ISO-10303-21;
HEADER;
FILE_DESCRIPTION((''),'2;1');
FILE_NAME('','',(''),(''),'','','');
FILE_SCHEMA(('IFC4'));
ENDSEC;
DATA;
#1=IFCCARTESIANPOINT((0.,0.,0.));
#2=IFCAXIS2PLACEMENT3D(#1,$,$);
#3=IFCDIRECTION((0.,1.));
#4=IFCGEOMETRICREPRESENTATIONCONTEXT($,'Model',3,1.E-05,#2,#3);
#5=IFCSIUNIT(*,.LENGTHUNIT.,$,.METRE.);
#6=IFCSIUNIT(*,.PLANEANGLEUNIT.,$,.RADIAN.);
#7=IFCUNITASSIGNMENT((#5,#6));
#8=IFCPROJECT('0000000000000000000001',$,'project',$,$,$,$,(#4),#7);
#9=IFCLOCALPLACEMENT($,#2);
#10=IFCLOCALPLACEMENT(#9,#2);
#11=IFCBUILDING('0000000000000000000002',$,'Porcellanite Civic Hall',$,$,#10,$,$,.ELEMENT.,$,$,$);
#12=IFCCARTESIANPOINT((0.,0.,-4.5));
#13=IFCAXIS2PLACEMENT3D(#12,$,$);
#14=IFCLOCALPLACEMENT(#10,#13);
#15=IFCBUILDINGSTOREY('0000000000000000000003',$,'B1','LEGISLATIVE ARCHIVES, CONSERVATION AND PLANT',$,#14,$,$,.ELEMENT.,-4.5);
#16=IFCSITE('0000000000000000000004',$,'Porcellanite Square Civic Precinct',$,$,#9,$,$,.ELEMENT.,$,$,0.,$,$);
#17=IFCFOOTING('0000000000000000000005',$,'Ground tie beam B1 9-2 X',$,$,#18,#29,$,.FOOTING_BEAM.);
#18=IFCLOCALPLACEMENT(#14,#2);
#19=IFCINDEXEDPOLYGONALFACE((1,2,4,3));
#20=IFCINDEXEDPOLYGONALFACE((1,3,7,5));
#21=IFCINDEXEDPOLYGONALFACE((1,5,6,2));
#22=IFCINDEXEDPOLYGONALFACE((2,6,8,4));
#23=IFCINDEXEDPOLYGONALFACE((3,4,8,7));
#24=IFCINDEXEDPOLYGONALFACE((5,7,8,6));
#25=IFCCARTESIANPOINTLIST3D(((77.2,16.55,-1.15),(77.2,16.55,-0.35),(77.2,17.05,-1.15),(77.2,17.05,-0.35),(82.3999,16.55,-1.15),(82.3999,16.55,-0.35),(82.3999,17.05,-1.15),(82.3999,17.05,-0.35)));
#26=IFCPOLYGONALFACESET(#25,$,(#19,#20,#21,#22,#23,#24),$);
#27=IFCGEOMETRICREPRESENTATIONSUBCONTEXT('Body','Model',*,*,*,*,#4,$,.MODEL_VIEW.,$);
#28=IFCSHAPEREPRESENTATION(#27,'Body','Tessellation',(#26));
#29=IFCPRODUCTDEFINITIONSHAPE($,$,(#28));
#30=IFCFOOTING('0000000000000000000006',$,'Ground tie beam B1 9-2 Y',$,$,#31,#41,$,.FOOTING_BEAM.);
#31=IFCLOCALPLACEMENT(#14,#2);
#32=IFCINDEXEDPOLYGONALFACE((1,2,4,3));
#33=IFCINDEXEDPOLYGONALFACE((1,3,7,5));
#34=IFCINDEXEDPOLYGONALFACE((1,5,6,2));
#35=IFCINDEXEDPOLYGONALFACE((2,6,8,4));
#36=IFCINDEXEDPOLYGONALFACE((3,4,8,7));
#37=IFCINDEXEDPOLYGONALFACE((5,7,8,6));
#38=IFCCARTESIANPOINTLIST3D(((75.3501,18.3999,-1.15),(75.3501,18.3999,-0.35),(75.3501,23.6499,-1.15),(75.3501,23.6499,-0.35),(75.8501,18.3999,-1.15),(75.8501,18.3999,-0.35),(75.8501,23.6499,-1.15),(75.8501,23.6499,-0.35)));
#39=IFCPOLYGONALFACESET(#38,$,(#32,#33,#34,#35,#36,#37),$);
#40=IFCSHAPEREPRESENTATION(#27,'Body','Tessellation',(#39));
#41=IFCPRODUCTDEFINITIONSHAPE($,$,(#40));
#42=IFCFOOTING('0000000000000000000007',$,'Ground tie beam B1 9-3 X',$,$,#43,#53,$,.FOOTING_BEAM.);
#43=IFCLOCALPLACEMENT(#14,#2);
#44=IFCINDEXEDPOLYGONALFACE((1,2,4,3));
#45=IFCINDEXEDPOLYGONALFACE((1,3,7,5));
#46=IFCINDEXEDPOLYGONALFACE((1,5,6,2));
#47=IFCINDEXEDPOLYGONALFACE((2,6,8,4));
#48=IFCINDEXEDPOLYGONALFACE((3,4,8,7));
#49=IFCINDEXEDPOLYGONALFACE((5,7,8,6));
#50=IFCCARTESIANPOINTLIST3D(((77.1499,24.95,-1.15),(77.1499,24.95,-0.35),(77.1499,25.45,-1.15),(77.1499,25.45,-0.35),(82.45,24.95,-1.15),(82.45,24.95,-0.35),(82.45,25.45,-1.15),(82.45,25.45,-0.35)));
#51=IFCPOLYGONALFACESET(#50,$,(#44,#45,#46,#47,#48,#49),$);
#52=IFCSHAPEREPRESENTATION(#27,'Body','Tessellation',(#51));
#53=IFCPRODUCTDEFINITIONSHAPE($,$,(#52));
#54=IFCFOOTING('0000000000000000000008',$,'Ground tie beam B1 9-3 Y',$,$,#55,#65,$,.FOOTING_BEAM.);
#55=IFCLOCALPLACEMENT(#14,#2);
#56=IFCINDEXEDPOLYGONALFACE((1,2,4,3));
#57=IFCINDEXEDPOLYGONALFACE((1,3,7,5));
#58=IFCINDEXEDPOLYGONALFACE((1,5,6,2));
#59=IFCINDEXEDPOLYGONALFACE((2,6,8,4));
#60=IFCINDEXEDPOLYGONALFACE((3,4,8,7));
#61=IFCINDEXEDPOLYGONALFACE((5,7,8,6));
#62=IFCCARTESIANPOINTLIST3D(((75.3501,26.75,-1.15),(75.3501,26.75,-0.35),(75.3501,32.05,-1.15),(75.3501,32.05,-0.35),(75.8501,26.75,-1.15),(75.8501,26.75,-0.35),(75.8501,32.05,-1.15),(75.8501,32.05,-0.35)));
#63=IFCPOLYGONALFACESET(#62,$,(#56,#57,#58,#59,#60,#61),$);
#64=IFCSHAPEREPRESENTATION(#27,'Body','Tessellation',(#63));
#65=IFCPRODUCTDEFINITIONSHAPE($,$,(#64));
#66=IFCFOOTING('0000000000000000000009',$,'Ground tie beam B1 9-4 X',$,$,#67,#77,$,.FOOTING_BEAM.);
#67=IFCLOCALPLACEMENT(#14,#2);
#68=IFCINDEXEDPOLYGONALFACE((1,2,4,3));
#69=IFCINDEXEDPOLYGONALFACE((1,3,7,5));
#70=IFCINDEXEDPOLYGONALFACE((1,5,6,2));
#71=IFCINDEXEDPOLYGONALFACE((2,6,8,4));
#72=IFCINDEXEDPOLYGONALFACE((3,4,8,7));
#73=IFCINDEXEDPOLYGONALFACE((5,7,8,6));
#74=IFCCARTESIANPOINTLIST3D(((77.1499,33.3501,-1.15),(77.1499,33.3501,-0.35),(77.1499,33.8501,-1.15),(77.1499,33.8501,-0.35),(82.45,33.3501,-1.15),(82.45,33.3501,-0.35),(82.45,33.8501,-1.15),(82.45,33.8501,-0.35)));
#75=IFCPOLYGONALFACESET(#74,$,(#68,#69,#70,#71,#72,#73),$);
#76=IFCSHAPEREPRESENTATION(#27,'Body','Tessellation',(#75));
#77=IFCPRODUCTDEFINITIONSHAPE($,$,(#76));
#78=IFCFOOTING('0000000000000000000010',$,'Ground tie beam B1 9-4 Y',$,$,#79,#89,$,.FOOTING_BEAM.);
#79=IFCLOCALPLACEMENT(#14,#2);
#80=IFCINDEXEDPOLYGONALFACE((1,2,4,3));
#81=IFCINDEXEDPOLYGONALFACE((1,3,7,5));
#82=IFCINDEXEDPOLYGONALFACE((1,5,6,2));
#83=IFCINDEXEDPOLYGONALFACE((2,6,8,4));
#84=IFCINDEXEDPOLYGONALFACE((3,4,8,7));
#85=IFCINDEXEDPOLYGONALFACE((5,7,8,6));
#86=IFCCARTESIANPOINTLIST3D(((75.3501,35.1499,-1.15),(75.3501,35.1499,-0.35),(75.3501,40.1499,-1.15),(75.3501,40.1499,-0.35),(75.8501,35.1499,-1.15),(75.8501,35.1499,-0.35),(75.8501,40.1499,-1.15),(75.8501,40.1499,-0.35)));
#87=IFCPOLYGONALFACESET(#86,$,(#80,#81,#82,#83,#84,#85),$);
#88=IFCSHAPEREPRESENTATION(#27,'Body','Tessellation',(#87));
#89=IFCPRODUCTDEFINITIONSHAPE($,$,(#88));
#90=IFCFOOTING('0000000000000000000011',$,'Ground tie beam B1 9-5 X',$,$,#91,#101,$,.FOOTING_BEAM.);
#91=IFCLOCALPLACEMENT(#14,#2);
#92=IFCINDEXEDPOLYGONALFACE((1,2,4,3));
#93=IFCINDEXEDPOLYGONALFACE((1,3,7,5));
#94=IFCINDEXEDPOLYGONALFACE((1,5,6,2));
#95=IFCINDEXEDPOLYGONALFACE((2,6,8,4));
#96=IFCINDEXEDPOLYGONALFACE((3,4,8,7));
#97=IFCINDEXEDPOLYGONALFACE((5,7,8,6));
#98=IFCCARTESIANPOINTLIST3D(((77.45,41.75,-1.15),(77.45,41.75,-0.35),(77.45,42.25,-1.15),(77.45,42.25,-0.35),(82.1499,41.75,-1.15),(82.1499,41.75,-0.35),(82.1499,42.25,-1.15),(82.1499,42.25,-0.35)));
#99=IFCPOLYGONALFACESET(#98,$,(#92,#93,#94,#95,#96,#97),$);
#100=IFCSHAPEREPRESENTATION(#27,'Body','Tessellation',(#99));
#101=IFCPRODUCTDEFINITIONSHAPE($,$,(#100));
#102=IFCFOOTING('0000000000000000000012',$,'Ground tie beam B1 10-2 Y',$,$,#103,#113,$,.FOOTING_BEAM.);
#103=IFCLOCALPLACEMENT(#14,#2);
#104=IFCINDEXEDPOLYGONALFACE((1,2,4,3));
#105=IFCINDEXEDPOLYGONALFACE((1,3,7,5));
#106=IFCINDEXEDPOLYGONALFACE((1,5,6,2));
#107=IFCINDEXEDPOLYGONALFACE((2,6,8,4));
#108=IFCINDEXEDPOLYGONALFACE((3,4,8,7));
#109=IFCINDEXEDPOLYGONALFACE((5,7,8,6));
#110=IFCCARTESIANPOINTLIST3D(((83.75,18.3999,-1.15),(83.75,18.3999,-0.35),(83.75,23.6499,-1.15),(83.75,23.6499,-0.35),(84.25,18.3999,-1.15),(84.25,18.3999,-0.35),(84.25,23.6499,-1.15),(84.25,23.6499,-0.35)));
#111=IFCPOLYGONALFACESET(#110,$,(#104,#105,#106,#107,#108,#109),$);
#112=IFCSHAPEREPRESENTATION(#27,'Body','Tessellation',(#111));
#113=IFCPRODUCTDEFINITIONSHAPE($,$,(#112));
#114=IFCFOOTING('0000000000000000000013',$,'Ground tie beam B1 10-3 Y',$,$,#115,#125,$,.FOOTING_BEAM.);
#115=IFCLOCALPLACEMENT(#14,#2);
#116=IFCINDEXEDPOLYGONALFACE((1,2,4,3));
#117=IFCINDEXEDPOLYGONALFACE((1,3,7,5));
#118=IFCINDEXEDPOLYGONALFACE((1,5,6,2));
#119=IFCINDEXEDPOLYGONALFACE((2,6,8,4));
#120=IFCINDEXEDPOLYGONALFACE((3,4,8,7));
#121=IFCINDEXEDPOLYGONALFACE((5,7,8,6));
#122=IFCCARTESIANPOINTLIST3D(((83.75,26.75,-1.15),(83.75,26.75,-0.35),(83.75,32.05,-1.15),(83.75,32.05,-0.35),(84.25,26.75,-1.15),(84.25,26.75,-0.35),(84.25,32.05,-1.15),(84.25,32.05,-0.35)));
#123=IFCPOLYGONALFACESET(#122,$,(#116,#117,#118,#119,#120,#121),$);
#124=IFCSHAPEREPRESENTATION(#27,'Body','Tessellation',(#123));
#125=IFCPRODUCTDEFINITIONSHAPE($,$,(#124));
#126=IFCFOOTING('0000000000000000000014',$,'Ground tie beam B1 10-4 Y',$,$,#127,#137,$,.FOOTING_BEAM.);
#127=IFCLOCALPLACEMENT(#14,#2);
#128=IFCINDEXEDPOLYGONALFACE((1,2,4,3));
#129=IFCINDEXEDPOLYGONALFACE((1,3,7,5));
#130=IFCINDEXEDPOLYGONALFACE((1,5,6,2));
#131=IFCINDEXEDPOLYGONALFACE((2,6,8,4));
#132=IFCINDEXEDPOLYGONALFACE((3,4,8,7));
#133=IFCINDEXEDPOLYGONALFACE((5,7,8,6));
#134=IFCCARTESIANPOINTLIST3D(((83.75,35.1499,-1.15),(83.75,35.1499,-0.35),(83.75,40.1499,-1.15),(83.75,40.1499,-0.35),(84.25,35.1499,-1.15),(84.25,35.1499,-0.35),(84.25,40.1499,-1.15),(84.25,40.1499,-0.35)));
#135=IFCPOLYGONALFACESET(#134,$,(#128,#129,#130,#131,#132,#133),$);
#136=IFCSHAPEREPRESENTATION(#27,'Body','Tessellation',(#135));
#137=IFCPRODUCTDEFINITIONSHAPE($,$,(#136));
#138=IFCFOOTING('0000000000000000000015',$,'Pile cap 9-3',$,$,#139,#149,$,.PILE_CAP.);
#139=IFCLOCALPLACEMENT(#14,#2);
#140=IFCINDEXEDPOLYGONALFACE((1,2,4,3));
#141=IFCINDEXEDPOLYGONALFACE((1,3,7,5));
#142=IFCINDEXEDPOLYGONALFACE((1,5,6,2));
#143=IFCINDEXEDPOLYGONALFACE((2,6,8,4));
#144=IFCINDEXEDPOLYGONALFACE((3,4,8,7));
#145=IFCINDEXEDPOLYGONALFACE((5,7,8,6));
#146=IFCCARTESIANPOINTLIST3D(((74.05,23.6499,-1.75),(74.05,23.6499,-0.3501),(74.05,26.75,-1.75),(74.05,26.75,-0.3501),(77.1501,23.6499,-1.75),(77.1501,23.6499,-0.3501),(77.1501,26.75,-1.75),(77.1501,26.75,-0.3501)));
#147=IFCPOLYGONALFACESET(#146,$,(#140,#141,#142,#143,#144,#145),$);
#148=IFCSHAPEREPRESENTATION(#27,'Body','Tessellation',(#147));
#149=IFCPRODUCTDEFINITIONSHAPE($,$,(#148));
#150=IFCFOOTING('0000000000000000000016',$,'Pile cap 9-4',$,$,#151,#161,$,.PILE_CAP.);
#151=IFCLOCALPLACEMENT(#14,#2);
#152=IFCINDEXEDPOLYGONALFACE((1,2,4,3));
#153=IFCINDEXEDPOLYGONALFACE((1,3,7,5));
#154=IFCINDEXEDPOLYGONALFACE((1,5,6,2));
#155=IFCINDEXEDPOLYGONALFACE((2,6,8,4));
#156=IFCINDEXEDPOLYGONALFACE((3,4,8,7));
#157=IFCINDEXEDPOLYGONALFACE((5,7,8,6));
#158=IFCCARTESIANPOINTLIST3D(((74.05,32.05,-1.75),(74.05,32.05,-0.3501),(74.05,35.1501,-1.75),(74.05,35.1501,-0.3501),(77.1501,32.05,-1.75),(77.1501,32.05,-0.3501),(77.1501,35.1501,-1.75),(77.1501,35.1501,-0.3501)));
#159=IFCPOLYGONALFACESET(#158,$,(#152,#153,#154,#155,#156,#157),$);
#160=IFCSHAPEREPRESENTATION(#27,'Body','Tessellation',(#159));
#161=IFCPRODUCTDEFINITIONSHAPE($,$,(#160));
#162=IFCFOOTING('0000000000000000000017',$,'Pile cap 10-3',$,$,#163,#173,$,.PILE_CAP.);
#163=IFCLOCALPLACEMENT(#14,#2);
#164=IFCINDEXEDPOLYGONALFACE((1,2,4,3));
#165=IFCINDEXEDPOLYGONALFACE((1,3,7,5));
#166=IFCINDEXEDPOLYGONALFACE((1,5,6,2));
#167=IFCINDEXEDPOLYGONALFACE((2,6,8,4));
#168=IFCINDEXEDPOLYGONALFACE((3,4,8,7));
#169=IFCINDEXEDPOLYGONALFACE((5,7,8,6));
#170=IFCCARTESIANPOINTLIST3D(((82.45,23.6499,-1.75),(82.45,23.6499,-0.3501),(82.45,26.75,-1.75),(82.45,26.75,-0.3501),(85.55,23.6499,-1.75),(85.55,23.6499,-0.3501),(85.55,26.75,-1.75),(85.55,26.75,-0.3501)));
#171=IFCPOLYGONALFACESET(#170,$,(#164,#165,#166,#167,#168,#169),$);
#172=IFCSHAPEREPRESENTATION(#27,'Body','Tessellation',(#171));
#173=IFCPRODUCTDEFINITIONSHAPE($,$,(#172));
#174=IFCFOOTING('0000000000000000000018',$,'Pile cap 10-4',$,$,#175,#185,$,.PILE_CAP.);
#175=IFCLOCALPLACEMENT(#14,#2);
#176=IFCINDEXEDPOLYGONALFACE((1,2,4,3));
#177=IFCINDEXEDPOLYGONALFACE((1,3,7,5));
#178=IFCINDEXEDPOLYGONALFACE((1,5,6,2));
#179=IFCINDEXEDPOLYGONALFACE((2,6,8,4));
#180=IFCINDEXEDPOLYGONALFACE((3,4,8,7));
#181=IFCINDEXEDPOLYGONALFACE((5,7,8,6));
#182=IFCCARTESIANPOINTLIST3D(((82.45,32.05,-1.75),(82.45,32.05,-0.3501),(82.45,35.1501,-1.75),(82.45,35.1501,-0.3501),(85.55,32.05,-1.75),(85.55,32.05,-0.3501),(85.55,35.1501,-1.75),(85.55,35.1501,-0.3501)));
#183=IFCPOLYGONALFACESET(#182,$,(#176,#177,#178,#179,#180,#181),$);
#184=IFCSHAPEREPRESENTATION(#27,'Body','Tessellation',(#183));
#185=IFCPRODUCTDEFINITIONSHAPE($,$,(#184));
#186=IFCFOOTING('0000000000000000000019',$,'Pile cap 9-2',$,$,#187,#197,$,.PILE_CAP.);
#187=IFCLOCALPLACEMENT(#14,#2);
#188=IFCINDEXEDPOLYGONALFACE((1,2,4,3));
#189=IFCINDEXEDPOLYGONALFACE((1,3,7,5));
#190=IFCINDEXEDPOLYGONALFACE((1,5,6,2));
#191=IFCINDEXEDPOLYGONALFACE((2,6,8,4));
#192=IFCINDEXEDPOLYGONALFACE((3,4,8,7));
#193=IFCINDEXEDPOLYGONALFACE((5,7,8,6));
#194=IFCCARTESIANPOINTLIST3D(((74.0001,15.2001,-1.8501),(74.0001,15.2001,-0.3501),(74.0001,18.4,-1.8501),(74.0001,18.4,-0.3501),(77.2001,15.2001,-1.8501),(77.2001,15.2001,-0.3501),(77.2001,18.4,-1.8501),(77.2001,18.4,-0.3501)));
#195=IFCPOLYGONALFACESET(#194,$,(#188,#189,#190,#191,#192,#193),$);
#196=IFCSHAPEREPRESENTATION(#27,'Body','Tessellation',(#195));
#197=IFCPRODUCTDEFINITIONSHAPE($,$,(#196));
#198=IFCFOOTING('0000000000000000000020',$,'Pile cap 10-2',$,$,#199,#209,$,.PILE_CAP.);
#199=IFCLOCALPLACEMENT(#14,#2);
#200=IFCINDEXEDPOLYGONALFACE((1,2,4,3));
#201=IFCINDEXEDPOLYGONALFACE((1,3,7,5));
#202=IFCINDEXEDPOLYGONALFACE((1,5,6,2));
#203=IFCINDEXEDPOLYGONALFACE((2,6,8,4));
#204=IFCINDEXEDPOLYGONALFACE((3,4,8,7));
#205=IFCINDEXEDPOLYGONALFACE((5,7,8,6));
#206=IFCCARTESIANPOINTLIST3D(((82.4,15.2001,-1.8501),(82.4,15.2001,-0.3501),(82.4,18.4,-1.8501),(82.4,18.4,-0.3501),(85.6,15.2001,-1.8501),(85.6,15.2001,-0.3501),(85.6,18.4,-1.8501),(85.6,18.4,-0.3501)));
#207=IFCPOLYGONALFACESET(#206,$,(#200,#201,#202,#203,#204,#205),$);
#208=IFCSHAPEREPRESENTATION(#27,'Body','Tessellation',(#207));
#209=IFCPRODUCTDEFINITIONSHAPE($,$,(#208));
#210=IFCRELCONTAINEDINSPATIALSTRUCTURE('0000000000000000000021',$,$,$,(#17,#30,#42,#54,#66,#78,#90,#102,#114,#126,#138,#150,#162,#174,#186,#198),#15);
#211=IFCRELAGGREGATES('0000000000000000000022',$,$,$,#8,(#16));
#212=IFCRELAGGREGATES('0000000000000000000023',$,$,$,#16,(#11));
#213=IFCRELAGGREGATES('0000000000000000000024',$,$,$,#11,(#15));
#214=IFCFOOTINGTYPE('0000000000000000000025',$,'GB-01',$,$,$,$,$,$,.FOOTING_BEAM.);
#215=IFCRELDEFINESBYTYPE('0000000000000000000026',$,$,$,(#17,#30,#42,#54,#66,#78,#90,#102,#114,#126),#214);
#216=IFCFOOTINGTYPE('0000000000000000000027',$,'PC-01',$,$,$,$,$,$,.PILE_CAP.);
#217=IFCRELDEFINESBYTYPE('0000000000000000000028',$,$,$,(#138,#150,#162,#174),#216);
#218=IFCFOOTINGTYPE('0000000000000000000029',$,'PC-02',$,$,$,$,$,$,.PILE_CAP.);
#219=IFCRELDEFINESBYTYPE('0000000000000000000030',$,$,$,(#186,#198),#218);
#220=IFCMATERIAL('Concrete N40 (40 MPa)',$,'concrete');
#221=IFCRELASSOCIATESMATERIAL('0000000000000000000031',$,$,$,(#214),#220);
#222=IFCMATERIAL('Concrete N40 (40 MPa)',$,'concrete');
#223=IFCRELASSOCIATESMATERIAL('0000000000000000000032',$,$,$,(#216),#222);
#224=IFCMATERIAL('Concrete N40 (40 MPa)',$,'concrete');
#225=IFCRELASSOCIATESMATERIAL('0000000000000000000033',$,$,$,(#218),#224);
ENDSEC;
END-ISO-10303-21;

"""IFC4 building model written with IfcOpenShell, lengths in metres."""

from ifc_helpers import new_model, si_unit, direction, frame, origin, origin_2d, place, context, subcontext, project, spatial, rectangle, extrude, material, material_profile, profile_set, type_object, element, save


model = new_model("IFC4")

# Units and contexts
model_context = context("Model", 3, precision=1e-05, world=origin(), true_north=direction((0.0, 1.0)))
body_context = subcontext(model_context, "Body", "Model", "MODEL_VIEW")
ifc_project = project(units=[si_unit("LENGTHUNIT", "METRE"), si_unit("PLANEANGLEUNIT", "RADIAN")], contexts=[model_context])

# Site, building, storey
site_placement = place(None, origin())
site = spatial("IfcSite", under=ifc_project, at=site_placement, Name="Porcellanite Square Civic Precinct", CompositionType="ELEMENT", RefElevation=0.0)
building_placement = place(site_placement, origin())
building = spatial("IfcBuilding", under=site, at=building_placement, Name="Porcellanite Civic Hall", CompositionType="ELEMENT")
storey_placement = place(building_placement, frame((0.0, 0.0, -4.5)))
storey = spatial("IfcBuildingStorey", under=building, at=storey_placement, Name="B1", Description="LEGISLATIVE ARCHIVES, CONSERVATION AND PLANT", CompositionType="ELEMENT", Elevation=-4.5)

# Footings
ifc_material_1 = material(Name="Concrete N40 (40 MPa)", Category="concrete")
ifc_material_profile_1 = material_profile(ifc_material_1, rectangle(XDim=0.5, YDim=0.8, at=origin_2d()), Name="RC-500x800")
ifc_profile_set_1 = profile_set([ifc_material_profile_1], Name="Concrete N40 (40 MPa)")
footing_type_1 = type_object("IfcFootingType", Name="GB-01", PredefinedType="FOOTING_BEAM", material=ifc_profile_set_1)
footing_1_placement = place(storey_placement, frame((77.2, 16.8, -0.75), z_axis=(1.0, 0.0, 0.0), x_axis=(0.0, 1.0, 0.0)))
element("IfcFooting", 1, at=footing_1_placement, inside=storey, type_object=footing_type_1, Name="Ground tie beam B1 9-2 X", PredefinedType="FOOTING_BEAM", context=body_context, shape_type="SweptSolid", body=[
    extrude(rectangle(XDim=0.5, YDim=0.8, at=origin_2d()), origin(), (0.0, 0.0, 1.0), 5.2),
])
footing_2_placement = place(storey_placement, frame((75.6001, 18.3999, -0.75), z_axis=(0.0, 1.0, 0.0), x_axis=(-1.0, 0.0, 0.0)))
element("IfcFooting", 2, at=footing_2_placement, inside=storey, type_object=footing_type_1, Name="Ground tie beam B1 9-2 Y", PredefinedType="FOOTING_BEAM", context=body_context, shape_type="SweptSolid", body=[
    extrude(rectangle(XDim=0.5, YDim=0.8, at=origin_2d()), origin(), (0.0, 0.0, 1.0), 5.25),
])
for number, where, z_axis, x_axis, name in (
    (3, (77.1499, 25.2, -0.75), (1.0, 0.0, 0.0), (0.0, 1.0, 0.0), "Ground tie beam B1 9-3 X"),
    (4, (75.6001, 26.75, -0.75), (0.0, 1.0, 0.0), (-1.0, 0.0, 0.0), "Ground tie beam B1 9-3 Y"),
    (5, (77.1499, 33.6001, -0.75), (1.0, 0.0, 0.0), (0.0, 1.0, 0.0), "Ground tie beam B1 9-4 X"),
):
    element("IfcFooting", number, at=place(storey_placement, frame(where, z_axis=z_axis, x_axis=x_axis)), inside=storey, type_object=footing_type_1, Name=name, PredefinedType="FOOTING_BEAM", context=body_context, shape_type="SweptSolid", body=[
        extrude(rectangle(XDim=0.5, YDim=0.8, at=origin_2d()), origin(), (0.0, 0.0, 1.0), 5.3),
    ])
footing_3_placement = place(storey_placement, frame((75.6001, 35.1499, -0.75), z_axis=(0.0, 1.0, 0.0), x_axis=(-1.0, 0.0, 0.0)))
element("IfcFooting", 6, at=footing_3_placement, inside=storey, type_object=footing_type_1, Name="Ground tie beam B1 9-4 Y", PredefinedType="FOOTING_BEAM", context=body_context, shape_type="SweptSolid", body=[
    extrude(rectangle(XDim=0.5, YDim=0.8, at=origin_2d()), origin(), (0.0, 0.0, 1.0), 5.0),
])
footing_4_placement = place(storey_placement, frame((77.45, 42.0, -0.75), z_axis=(1.0, 0.0, 0.0), x_axis=(0.0, 1.0, 0.0)))
element("IfcFooting", 7, at=footing_4_placement, inside=storey, type_object=footing_type_1, Name="Ground tie beam B1 9-5 X", PredefinedType="FOOTING_BEAM", context=body_context, shape_type="SweptSolid", body=[
    extrude(rectangle(XDim=0.5, YDim=0.8, at=origin_2d()), origin(), (0.0, 0.0, 1.0), 4.7),
])
footing_5_placement = place(storey_placement, frame((84.0, 18.3999, -0.75), z_axis=(0.0, 1.0, 0.0), x_axis=(-1.0, 0.0, 0.0)))
element("IfcFooting", 8, at=footing_5_placement, inside=storey, type_object=footing_type_1, Name="Ground tie beam B1 10-2 Y", PredefinedType="FOOTING_BEAM", context=body_context, shape_type="SweptSolid", body=[
    extrude(rectangle(XDim=0.5, YDim=0.8, at=origin_2d()), origin(), (0.0, 0.0, 1.0), 5.25),
])
footing_6_placement = place(storey_placement, frame((84.0, 26.75, -0.75), z_axis=(0.0, 1.0, 0.0), x_axis=(-1.0, 0.0, 0.0)))
element("IfcFooting", 9, at=footing_6_placement, inside=storey, type_object=footing_type_1, Name="Ground tie beam B1 10-3 Y", PredefinedType="FOOTING_BEAM", context=body_context, shape_type="SweptSolid", body=[
    extrude(rectangle(XDim=0.5, YDim=0.8, at=origin_2d()), origin(), (0.0, 0.0, 1.0), 5.3),
])
footing_7_placement = place(storey_placement, frame((84.0, 35.1499, -0.75), z_axis=(0.0, 1.0, 0.0), x_axis=(-1.0, 0.0, 0.0)))
element("IfcFooting", 10, at=footing_7_placement, inside=storey, type_object=footing_type_1, Name="Ground tie beam B1 10-4 Y", PredefinedType="FOOTING_BEAM", context=body_context, shape_type="SweptSolid", body=[
    extrude(rectangle(XDim=0.5, YDim=0.8, at=origin_2d()), origin(), (0.0, 0.0, 1.0), 5.0),
])
ifc_material_2 = material(Name="Concrete N40 (40 MPa)", Category="concrete")
footing_type_2 = type_object("IfcFootingType", Name="PC-01", PredefinedType="PILE_CAP", material=ifc_material_2)
for number, where, z_axis, x_axis, name in (
    (11, (75.6001, 25.2, -1.75), (0.0, 0.0, 1.0), (1.0, 0.0, 0.0), "Pile cap 9-3"),
    (12, (75.6001, 33.6001, -1.75), (0.0, 0.0, 1.0), (1.0, 0.0, 0.0), "Pile cap 9-4"),
    (13, (84.0, 25.2, -1.75), (0.0, 0.0, 1.0), (1.0, 0.0, 0.0), "Pile cap 10-3"),
    (14, (84.0, 33.6001, -1.75), (0.0, 0.0, 1.0), (1.0, 0.0, 0.0), "Pile cap 10-4"),
):
    element("IfcFooting", number, at=place(storey_placement, frame(where, z_axis=z_axis, x_axis=x_axis)), inside=storey, type_object=footing_type_2, Name=name, PredefinedType="PILE_CAP", context=body_context, shape_type="SweptSolid", body=[
        extrude(rectangle(XDim=3.1001, YDim=3.1001, at=origin_2d()), origin(), (0.0, 0.0, 1.0), 1.3999),
    ])
ifc_material_3 = material(Name="Concrete N40 (40 MPa)", Category="concrete")
footing_type_3 = type_object("IfcFootingType", Name="PC-02", PredefinedType="PILE_CAP", material=ifc_material_3)
for number, where, z_axis, x_axis, name in (
    (15, (75.6001, 16.8, -1.8501), (0.0, 0.0, 1.0), (1.0, 0.0, 0.0), "Pile cap 9-2"),
    (16, (84.0, 16.8, -1.8501), (0.0, 0.0, 1.0), (1.0, 0.0, 0.0), "Pile cap 10-2"),
):
    element("IfcFooting", number, at=place(storey_placement, frame(where, z_axis=z_axis, x_axis=x_axis)), inside=storey, type_object=footing_type_3, Name=name, PredefinedType="PILE_CAP", context=body_context, shape_type="SweptSolid", body=[
        extrude(rectangle(XDim=3.2, YDim=3.2, at=origin_2d()), origin(), (0.0, 0.0, 1.0), 1.5),
    ])

save(model, "model.ifc")
